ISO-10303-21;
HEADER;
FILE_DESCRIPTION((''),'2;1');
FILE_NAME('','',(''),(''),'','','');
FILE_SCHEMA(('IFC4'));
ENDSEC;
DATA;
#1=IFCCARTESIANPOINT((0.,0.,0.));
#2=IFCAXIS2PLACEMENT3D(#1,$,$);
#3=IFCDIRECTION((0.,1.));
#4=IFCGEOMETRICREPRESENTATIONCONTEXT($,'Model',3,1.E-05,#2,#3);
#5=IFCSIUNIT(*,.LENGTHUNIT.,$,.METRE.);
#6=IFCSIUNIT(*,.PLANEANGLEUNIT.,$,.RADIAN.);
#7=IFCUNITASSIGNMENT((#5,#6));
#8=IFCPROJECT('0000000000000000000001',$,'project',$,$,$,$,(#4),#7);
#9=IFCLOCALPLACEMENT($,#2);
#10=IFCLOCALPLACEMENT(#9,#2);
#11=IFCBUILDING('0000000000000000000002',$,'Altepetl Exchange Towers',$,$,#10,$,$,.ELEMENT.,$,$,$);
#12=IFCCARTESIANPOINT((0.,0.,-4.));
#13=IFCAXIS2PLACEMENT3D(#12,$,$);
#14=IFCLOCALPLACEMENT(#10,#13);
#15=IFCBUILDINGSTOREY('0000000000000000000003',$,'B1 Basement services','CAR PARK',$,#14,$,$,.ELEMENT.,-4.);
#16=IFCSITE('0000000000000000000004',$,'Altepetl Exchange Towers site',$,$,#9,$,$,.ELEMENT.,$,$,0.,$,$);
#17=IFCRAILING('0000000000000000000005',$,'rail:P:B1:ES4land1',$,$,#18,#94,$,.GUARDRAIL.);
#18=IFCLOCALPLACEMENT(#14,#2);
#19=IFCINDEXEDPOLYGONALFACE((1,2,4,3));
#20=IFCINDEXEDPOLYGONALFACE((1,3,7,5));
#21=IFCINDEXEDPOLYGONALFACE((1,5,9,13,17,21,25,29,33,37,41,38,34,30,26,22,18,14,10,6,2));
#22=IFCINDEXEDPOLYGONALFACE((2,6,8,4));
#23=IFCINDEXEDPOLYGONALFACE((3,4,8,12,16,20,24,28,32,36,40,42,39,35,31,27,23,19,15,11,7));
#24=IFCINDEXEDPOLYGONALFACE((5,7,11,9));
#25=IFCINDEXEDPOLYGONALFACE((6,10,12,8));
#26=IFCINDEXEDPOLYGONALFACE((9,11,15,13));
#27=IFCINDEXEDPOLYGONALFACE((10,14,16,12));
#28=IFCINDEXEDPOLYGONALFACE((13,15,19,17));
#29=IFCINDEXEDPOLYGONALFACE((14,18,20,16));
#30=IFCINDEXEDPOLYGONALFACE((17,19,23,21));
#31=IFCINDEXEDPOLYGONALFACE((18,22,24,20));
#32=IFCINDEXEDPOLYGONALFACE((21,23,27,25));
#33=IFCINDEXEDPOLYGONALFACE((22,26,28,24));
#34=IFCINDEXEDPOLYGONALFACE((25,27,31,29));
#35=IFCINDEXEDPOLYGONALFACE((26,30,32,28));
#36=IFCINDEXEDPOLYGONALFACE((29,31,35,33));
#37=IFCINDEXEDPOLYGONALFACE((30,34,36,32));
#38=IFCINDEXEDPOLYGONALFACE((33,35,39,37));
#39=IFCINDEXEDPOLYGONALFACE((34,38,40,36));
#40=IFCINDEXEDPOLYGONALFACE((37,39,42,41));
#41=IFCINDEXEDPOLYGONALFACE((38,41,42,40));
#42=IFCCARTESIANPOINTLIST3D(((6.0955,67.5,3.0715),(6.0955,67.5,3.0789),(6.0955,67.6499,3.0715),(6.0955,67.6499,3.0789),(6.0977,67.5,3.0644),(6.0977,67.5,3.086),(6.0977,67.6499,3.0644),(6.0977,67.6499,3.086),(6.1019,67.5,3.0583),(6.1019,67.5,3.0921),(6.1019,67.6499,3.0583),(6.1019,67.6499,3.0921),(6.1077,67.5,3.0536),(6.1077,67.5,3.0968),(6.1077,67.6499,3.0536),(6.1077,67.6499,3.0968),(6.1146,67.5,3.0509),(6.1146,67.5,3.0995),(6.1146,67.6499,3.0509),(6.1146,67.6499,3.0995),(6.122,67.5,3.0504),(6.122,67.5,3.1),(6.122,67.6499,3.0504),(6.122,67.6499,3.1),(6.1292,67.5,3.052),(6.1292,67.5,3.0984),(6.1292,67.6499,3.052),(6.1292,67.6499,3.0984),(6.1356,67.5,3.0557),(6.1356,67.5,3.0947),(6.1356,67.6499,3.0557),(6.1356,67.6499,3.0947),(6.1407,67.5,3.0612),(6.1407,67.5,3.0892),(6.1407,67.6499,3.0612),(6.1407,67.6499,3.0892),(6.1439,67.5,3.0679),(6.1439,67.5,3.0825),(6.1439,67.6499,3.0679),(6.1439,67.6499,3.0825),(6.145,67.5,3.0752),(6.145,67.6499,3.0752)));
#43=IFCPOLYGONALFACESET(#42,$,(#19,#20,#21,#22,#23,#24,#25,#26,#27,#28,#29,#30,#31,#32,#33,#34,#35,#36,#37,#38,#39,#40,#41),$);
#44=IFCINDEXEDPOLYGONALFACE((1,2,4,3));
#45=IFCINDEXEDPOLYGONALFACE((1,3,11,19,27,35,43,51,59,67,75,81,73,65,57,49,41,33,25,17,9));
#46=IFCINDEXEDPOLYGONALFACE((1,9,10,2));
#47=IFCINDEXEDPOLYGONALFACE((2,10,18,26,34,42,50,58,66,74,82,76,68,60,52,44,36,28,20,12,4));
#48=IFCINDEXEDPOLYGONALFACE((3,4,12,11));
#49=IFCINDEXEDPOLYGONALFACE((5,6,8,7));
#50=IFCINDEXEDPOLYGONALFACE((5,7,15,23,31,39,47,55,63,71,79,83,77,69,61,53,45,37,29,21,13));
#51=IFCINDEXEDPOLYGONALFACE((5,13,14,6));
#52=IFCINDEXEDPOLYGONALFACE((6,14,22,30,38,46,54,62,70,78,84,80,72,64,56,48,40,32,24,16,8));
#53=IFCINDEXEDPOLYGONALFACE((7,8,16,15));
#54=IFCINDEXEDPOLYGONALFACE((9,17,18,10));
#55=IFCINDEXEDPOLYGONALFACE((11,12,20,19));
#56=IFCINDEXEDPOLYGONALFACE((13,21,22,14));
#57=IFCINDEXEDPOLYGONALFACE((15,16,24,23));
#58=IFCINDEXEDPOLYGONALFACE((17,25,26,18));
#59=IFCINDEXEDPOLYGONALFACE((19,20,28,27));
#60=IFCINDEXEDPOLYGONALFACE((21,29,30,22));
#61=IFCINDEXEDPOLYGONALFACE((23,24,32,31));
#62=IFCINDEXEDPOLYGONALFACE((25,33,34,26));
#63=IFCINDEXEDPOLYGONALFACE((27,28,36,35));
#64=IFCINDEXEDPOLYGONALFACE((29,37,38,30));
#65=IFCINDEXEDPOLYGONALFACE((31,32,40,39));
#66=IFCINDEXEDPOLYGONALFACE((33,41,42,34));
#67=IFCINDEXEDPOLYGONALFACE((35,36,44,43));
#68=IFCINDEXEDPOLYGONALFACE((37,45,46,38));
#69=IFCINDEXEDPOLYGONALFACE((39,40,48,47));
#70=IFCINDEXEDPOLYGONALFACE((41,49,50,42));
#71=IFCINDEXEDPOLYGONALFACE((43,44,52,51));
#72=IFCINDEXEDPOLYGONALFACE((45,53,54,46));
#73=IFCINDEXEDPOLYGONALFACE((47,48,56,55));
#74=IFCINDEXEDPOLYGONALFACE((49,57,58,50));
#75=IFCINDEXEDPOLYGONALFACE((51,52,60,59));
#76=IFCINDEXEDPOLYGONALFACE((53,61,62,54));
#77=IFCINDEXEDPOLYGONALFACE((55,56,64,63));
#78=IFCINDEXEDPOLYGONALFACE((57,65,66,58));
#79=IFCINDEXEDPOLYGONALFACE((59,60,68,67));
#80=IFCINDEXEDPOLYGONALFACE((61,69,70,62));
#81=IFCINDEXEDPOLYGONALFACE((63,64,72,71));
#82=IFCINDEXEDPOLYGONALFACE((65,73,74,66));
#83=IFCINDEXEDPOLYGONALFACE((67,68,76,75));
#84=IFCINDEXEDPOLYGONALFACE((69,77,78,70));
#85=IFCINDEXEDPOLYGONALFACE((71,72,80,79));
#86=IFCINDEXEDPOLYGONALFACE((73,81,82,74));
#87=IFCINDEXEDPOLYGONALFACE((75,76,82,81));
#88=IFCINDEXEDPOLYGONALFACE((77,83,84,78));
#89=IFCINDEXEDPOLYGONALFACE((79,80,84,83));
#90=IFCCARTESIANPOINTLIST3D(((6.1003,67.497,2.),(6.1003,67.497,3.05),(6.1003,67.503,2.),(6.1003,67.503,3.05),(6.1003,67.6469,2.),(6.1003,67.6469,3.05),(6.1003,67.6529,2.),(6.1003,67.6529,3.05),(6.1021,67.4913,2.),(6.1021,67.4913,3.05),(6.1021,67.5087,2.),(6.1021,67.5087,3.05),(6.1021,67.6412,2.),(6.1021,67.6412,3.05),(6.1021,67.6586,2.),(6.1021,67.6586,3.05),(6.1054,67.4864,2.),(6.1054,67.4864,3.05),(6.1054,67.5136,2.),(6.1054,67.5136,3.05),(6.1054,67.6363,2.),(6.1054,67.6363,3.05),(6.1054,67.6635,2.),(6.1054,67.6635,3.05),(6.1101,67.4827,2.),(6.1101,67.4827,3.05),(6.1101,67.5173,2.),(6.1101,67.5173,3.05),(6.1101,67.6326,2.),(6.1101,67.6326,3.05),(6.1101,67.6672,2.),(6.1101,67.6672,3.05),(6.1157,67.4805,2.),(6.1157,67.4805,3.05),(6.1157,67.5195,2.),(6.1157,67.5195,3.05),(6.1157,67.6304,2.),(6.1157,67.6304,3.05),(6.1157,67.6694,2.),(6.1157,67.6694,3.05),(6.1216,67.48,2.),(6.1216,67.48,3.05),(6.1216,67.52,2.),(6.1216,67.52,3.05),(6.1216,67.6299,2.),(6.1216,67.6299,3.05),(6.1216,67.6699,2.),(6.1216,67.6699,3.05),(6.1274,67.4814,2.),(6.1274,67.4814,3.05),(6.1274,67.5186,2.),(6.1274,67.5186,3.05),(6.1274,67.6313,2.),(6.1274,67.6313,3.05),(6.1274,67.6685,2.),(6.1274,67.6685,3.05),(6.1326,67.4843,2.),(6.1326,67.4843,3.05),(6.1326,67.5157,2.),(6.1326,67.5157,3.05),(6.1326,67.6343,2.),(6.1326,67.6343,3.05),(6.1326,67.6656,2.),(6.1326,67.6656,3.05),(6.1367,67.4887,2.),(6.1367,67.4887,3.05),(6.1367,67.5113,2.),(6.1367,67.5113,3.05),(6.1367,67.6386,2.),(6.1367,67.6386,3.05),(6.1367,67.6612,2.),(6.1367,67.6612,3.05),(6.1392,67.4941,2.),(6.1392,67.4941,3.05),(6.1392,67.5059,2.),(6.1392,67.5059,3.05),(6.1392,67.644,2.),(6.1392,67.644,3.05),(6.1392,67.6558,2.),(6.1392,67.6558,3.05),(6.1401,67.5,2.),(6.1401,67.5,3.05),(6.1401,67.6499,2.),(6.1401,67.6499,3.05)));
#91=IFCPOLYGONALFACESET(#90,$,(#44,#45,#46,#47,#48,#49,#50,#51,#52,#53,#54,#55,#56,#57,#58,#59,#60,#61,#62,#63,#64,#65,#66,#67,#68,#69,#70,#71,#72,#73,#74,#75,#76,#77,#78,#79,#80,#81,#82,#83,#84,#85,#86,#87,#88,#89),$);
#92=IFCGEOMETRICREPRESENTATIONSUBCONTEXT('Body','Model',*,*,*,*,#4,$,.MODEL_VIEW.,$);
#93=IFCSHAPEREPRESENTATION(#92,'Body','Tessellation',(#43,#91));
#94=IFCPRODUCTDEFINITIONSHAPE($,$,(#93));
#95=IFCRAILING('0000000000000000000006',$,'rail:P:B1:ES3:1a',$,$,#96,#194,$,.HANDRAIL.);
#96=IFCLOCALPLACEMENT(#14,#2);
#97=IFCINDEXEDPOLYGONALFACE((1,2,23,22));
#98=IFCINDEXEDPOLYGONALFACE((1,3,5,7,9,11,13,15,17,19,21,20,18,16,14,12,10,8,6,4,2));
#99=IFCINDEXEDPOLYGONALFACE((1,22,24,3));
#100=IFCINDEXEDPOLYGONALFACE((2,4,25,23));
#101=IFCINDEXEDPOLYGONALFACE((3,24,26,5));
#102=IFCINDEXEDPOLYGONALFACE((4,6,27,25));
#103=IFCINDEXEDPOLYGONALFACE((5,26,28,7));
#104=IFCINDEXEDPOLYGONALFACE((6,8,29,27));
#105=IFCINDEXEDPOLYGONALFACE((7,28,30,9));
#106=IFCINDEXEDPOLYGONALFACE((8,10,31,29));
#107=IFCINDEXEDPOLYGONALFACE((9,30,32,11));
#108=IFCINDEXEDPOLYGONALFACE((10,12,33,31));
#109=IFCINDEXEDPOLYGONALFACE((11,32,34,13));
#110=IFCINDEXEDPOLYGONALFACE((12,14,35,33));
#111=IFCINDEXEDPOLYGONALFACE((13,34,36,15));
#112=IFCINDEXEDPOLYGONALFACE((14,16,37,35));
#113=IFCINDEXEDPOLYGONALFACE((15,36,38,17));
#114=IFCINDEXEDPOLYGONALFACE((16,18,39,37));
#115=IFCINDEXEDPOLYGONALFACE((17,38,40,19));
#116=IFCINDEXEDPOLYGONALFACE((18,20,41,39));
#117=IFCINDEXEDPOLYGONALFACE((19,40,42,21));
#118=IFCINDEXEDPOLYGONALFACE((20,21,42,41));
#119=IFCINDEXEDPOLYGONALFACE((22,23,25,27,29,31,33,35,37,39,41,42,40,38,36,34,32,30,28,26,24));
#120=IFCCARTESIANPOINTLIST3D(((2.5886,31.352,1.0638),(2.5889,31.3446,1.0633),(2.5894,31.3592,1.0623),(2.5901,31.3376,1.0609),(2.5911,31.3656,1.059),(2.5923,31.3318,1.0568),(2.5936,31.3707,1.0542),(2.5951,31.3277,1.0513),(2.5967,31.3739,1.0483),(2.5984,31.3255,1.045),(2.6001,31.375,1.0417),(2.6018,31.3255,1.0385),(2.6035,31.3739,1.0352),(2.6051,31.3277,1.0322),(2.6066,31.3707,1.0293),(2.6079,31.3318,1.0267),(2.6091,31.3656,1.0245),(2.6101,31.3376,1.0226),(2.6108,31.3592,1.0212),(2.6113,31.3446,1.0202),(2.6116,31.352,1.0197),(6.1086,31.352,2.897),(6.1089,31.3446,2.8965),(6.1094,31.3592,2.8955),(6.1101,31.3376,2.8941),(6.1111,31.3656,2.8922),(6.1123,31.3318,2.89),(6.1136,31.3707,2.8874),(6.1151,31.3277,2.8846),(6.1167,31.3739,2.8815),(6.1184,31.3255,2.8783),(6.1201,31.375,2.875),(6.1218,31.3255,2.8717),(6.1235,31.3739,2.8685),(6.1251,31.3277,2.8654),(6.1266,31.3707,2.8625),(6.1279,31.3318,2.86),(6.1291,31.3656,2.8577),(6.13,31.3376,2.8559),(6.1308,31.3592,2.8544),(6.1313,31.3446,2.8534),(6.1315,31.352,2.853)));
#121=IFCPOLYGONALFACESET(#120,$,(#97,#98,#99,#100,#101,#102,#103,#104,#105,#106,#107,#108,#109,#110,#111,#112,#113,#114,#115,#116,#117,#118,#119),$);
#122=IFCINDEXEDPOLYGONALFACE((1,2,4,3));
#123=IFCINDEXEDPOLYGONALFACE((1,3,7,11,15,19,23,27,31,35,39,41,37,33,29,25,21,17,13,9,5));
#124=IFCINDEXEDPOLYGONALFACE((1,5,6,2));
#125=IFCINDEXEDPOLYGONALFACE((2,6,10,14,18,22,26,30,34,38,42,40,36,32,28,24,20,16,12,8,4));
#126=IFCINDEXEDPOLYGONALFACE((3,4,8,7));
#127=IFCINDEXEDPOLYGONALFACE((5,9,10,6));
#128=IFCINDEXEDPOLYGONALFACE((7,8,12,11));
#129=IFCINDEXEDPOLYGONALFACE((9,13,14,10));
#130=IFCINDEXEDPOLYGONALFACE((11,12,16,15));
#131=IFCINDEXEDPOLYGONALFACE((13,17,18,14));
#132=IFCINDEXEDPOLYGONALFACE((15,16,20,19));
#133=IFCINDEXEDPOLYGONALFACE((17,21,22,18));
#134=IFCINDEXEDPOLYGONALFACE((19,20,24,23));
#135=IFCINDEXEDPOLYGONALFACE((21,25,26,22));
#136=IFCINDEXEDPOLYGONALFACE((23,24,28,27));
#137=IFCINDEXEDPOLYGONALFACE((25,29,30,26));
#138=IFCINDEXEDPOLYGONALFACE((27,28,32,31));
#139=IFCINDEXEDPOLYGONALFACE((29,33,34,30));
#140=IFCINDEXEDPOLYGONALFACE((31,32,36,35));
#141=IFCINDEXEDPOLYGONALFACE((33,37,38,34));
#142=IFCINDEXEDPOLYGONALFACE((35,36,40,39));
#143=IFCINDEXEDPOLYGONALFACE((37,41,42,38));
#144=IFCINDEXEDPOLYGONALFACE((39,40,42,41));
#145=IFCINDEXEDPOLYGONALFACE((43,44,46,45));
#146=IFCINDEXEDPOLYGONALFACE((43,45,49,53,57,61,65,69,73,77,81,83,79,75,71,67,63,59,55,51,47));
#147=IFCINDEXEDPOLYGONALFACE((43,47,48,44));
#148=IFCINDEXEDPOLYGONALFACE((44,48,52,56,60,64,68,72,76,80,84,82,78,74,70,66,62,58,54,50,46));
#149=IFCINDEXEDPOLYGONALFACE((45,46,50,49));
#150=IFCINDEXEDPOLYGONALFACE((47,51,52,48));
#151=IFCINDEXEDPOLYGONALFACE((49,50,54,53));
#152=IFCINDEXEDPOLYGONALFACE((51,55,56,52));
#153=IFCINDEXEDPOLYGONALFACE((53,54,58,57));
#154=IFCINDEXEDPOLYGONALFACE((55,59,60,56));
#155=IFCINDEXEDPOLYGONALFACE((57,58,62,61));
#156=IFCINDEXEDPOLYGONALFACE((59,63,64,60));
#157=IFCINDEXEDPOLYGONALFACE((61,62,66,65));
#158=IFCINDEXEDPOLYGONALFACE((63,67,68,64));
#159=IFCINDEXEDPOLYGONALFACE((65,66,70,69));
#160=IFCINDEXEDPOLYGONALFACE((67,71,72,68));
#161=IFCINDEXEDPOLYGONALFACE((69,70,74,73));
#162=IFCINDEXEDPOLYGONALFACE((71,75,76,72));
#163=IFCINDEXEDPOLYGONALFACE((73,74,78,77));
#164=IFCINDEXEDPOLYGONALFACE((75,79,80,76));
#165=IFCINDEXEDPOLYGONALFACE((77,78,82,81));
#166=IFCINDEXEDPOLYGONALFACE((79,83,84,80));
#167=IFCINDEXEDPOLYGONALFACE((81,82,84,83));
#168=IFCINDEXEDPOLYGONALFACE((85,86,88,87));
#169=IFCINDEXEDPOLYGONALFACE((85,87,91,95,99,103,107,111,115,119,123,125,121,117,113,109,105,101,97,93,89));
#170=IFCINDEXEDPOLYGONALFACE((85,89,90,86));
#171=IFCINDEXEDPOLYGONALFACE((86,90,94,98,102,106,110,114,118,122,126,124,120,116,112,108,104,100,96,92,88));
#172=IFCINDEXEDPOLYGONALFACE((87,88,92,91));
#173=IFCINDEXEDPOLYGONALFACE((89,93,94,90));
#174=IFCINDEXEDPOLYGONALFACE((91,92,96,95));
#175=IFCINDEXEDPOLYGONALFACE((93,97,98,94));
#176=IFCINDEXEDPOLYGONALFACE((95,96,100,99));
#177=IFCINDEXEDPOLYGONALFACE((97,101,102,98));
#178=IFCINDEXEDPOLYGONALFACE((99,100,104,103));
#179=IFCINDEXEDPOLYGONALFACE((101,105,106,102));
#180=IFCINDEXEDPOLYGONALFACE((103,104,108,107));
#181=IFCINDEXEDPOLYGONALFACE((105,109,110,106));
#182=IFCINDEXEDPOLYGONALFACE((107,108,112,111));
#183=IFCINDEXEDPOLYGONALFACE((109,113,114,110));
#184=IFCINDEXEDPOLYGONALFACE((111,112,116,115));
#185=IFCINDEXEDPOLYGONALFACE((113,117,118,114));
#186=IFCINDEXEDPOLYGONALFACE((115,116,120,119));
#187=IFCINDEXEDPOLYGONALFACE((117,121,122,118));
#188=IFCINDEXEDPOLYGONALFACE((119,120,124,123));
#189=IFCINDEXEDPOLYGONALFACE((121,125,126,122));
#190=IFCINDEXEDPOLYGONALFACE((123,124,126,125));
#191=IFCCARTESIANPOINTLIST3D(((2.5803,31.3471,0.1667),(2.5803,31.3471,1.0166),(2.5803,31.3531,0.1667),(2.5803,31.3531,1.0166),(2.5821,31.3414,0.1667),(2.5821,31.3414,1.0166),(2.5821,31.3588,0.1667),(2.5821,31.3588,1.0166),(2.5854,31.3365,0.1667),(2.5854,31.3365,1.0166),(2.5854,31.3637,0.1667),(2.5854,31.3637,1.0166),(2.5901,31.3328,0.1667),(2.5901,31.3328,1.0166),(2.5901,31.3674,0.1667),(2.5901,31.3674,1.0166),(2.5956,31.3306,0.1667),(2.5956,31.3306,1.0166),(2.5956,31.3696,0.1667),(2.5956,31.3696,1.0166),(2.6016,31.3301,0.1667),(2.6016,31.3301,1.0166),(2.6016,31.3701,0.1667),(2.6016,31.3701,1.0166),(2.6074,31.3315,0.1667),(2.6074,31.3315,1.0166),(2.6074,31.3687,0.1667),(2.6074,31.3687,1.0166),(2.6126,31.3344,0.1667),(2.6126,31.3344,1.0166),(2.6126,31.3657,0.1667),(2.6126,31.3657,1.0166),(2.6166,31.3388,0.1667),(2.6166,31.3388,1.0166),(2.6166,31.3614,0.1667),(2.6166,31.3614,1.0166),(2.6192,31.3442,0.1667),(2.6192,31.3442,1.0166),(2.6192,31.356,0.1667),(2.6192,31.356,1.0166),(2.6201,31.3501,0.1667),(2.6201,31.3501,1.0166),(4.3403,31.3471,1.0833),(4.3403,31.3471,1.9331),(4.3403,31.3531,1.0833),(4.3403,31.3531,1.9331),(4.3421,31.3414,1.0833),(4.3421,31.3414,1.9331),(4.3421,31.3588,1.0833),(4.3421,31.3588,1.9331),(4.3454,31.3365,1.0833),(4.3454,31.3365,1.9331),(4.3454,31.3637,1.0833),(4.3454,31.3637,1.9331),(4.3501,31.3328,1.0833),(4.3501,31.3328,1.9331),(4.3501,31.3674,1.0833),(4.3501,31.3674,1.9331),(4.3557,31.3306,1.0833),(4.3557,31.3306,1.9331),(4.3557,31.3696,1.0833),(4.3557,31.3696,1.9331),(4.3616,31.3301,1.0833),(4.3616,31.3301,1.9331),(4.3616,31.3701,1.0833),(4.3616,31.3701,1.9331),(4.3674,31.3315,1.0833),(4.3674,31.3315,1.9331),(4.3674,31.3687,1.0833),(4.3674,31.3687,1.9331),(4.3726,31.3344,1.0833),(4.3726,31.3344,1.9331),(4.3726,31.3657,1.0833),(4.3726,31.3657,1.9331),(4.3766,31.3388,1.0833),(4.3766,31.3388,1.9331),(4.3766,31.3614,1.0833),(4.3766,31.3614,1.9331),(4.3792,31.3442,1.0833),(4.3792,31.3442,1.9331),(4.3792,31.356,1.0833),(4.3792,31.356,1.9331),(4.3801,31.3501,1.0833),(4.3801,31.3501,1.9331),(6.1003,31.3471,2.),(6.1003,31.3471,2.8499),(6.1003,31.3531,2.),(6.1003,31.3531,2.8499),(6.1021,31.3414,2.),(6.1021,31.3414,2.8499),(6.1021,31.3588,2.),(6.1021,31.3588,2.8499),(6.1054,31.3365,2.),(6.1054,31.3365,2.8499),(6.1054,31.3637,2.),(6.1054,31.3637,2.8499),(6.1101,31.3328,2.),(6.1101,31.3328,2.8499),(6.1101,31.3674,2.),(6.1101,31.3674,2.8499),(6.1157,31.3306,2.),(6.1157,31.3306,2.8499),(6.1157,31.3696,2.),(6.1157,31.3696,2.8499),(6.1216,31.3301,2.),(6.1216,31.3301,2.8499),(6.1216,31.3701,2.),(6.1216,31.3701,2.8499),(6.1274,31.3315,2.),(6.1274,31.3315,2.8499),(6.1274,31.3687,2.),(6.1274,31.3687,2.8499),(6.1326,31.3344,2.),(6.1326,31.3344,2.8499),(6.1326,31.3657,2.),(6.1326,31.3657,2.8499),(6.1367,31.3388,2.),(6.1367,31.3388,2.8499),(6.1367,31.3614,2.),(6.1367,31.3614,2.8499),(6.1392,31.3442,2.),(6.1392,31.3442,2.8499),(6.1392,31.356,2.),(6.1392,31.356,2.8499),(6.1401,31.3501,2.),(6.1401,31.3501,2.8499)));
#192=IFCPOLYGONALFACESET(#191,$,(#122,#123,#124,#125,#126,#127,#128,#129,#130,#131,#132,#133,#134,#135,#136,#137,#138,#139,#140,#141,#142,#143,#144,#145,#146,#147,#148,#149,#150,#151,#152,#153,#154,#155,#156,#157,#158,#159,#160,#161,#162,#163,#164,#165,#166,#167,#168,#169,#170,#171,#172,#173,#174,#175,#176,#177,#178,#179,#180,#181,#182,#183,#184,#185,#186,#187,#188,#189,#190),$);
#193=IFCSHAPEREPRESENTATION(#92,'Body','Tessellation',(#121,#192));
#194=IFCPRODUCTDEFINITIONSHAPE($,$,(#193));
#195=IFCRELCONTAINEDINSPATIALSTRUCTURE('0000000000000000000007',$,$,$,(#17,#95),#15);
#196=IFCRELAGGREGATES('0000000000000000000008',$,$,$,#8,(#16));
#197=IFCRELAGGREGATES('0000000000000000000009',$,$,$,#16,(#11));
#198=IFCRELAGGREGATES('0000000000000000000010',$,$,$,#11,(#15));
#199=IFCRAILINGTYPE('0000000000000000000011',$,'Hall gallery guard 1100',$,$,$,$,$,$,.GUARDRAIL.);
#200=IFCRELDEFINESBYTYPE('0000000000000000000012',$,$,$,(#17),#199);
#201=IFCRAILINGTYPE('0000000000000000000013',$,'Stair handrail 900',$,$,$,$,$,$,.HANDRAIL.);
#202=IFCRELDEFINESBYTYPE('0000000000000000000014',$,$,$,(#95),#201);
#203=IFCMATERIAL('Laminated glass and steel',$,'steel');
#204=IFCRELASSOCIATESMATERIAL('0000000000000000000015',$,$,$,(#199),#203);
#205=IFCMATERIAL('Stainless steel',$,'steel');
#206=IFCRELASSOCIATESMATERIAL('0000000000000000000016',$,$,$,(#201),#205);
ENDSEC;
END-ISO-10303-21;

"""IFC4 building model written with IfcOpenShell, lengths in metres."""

from ifc_helpers import new_model, si_unit, direction, frame, origin, origin_2d, place, context, subcontext, project, spatial, circle, extrude, source, transform, mapped, material, type_object, element, save


model = new_model("IFC4")

# Units and contexts
model_context = context("Model", 3, precision=1e-05, world=origin(), true_north=direction((0.0, 1.0)))
body_context = subcontext(model_context, "Body", "Model", "MODEL_VIEW")
ifc_project = project(units=[si_unit("LENGTHUNIT", "METRE"), si_unit("PLANEANGLEUNIT", "RADIAN")], contexts=[model_context])

# Site, building, storey
site_placement = place(None, origin())
site = spatial("IfcSite", under=ifc_project, at=site_placement, Name="Altepetl Exchange Towers site", CompositionType="ELEMENT", RefElevation=0.0)
building_placement = place(site_placement, origin())
building = spatial("IfcBuilding", under=site, at=building_placement, Name="Altepetl Exchange Towers", CompositionType="ELEMENT")
storey_placement = place(building_placement, frame((0.0, 0.0, -4.0)))
storey = spatial("IfcBuildingStorey", under=building, at=storey_placement, Name="B1 Basement services", Description="CAR PARK", CompositionType="ELEMENT", Elevation=-4.0)

# Railings
ifc_material_1 = material(Name="Laminated glass and steel", Category="steel")
railing_type_1 = type_object("IfcRailingType", Name="Hall gallery guard 1100", PredefinedType="GUARDRAIL", material=ifc_material_1)
shared_shape_1 = source(origin(), body_context, "Body", "SweptSolid", [
    extrude(circle(Radius=0.02, at=origin_2d()), origin(), (0.0, 0.0, 1.0), 1.05),
])
for number, where, name in (
    (1, (6.1201, 67.6499, 2.0), "rail:P:B1:ES4land1"),
):
    element("IfcRailing", number, at=place(storey_placement, frame(where)), inside=storey, type_object=railing_type_1, Name=name, PredefinedType="GUARDRAIL", context=body_context, shape_type="SweptSolid", body=[
        extrude(circle(Radius=0.0249, at=origin_2d()), frame((0.0, 0.0, 1.0752), z_axis=(0.0, -1.0, 0.0), x_axis=(1.0, 0.0, 0.0)), (0.0, 0.0, 1.0), 0.1499),
        mapped(shared_shape_1, transform((0.0, 0.0, 0.0))),
        mapped(shared_shape_1, transform((0.0, -0.1499, 0.0))),
    ])
ifc_material_2 = material(Name="Stainless steel", Category="steel")
railing_type_2 = type_object("IfcRailingType", Name="Stair handrail 900", PredefinedType="HANDRAIL", material=ifc_material_2)
shared_shape_2 = source(origin(), body_context, "Body", "SweptSolid", [
    extrude(circle(Radius=0.02, at=origin_2d()), origin(), (0.0, 0.0, 1.0), 0.8499),
])
for number, where, name in (
    (2, (2.6001, 31.3501, 0.1667), "rail:P:B1:ES3:1a"),
):
    element("IfcRailing", number, at=place(storey_placement, frame(where)), inside=storey, type_object=railing_type_2, Name=name, PredefinedType="HANDRAIL", context=body_context, shape_type="SweptSolid", body=[
        extrude(circle(Radius=0.0249, at=origin_2d()), frame((0.0, 0.0, 0.875), z_axis=(0.886924, 0.0, 0.461916), x_axis=(0.0, 1.0, 0.0)), (0.0, 0.0, 1.0), 3.9688),
        mapped(shared_shape_2, transform((0.0, 0.0, 0.0))),
        mapped(shared_shape_2, transform((1.76, 0.0, 0.9165))),
        mapped(shared_shape_2, transform((3.52, 0.0, 1.8333))),
    ])

save(model, "model.ifc")
